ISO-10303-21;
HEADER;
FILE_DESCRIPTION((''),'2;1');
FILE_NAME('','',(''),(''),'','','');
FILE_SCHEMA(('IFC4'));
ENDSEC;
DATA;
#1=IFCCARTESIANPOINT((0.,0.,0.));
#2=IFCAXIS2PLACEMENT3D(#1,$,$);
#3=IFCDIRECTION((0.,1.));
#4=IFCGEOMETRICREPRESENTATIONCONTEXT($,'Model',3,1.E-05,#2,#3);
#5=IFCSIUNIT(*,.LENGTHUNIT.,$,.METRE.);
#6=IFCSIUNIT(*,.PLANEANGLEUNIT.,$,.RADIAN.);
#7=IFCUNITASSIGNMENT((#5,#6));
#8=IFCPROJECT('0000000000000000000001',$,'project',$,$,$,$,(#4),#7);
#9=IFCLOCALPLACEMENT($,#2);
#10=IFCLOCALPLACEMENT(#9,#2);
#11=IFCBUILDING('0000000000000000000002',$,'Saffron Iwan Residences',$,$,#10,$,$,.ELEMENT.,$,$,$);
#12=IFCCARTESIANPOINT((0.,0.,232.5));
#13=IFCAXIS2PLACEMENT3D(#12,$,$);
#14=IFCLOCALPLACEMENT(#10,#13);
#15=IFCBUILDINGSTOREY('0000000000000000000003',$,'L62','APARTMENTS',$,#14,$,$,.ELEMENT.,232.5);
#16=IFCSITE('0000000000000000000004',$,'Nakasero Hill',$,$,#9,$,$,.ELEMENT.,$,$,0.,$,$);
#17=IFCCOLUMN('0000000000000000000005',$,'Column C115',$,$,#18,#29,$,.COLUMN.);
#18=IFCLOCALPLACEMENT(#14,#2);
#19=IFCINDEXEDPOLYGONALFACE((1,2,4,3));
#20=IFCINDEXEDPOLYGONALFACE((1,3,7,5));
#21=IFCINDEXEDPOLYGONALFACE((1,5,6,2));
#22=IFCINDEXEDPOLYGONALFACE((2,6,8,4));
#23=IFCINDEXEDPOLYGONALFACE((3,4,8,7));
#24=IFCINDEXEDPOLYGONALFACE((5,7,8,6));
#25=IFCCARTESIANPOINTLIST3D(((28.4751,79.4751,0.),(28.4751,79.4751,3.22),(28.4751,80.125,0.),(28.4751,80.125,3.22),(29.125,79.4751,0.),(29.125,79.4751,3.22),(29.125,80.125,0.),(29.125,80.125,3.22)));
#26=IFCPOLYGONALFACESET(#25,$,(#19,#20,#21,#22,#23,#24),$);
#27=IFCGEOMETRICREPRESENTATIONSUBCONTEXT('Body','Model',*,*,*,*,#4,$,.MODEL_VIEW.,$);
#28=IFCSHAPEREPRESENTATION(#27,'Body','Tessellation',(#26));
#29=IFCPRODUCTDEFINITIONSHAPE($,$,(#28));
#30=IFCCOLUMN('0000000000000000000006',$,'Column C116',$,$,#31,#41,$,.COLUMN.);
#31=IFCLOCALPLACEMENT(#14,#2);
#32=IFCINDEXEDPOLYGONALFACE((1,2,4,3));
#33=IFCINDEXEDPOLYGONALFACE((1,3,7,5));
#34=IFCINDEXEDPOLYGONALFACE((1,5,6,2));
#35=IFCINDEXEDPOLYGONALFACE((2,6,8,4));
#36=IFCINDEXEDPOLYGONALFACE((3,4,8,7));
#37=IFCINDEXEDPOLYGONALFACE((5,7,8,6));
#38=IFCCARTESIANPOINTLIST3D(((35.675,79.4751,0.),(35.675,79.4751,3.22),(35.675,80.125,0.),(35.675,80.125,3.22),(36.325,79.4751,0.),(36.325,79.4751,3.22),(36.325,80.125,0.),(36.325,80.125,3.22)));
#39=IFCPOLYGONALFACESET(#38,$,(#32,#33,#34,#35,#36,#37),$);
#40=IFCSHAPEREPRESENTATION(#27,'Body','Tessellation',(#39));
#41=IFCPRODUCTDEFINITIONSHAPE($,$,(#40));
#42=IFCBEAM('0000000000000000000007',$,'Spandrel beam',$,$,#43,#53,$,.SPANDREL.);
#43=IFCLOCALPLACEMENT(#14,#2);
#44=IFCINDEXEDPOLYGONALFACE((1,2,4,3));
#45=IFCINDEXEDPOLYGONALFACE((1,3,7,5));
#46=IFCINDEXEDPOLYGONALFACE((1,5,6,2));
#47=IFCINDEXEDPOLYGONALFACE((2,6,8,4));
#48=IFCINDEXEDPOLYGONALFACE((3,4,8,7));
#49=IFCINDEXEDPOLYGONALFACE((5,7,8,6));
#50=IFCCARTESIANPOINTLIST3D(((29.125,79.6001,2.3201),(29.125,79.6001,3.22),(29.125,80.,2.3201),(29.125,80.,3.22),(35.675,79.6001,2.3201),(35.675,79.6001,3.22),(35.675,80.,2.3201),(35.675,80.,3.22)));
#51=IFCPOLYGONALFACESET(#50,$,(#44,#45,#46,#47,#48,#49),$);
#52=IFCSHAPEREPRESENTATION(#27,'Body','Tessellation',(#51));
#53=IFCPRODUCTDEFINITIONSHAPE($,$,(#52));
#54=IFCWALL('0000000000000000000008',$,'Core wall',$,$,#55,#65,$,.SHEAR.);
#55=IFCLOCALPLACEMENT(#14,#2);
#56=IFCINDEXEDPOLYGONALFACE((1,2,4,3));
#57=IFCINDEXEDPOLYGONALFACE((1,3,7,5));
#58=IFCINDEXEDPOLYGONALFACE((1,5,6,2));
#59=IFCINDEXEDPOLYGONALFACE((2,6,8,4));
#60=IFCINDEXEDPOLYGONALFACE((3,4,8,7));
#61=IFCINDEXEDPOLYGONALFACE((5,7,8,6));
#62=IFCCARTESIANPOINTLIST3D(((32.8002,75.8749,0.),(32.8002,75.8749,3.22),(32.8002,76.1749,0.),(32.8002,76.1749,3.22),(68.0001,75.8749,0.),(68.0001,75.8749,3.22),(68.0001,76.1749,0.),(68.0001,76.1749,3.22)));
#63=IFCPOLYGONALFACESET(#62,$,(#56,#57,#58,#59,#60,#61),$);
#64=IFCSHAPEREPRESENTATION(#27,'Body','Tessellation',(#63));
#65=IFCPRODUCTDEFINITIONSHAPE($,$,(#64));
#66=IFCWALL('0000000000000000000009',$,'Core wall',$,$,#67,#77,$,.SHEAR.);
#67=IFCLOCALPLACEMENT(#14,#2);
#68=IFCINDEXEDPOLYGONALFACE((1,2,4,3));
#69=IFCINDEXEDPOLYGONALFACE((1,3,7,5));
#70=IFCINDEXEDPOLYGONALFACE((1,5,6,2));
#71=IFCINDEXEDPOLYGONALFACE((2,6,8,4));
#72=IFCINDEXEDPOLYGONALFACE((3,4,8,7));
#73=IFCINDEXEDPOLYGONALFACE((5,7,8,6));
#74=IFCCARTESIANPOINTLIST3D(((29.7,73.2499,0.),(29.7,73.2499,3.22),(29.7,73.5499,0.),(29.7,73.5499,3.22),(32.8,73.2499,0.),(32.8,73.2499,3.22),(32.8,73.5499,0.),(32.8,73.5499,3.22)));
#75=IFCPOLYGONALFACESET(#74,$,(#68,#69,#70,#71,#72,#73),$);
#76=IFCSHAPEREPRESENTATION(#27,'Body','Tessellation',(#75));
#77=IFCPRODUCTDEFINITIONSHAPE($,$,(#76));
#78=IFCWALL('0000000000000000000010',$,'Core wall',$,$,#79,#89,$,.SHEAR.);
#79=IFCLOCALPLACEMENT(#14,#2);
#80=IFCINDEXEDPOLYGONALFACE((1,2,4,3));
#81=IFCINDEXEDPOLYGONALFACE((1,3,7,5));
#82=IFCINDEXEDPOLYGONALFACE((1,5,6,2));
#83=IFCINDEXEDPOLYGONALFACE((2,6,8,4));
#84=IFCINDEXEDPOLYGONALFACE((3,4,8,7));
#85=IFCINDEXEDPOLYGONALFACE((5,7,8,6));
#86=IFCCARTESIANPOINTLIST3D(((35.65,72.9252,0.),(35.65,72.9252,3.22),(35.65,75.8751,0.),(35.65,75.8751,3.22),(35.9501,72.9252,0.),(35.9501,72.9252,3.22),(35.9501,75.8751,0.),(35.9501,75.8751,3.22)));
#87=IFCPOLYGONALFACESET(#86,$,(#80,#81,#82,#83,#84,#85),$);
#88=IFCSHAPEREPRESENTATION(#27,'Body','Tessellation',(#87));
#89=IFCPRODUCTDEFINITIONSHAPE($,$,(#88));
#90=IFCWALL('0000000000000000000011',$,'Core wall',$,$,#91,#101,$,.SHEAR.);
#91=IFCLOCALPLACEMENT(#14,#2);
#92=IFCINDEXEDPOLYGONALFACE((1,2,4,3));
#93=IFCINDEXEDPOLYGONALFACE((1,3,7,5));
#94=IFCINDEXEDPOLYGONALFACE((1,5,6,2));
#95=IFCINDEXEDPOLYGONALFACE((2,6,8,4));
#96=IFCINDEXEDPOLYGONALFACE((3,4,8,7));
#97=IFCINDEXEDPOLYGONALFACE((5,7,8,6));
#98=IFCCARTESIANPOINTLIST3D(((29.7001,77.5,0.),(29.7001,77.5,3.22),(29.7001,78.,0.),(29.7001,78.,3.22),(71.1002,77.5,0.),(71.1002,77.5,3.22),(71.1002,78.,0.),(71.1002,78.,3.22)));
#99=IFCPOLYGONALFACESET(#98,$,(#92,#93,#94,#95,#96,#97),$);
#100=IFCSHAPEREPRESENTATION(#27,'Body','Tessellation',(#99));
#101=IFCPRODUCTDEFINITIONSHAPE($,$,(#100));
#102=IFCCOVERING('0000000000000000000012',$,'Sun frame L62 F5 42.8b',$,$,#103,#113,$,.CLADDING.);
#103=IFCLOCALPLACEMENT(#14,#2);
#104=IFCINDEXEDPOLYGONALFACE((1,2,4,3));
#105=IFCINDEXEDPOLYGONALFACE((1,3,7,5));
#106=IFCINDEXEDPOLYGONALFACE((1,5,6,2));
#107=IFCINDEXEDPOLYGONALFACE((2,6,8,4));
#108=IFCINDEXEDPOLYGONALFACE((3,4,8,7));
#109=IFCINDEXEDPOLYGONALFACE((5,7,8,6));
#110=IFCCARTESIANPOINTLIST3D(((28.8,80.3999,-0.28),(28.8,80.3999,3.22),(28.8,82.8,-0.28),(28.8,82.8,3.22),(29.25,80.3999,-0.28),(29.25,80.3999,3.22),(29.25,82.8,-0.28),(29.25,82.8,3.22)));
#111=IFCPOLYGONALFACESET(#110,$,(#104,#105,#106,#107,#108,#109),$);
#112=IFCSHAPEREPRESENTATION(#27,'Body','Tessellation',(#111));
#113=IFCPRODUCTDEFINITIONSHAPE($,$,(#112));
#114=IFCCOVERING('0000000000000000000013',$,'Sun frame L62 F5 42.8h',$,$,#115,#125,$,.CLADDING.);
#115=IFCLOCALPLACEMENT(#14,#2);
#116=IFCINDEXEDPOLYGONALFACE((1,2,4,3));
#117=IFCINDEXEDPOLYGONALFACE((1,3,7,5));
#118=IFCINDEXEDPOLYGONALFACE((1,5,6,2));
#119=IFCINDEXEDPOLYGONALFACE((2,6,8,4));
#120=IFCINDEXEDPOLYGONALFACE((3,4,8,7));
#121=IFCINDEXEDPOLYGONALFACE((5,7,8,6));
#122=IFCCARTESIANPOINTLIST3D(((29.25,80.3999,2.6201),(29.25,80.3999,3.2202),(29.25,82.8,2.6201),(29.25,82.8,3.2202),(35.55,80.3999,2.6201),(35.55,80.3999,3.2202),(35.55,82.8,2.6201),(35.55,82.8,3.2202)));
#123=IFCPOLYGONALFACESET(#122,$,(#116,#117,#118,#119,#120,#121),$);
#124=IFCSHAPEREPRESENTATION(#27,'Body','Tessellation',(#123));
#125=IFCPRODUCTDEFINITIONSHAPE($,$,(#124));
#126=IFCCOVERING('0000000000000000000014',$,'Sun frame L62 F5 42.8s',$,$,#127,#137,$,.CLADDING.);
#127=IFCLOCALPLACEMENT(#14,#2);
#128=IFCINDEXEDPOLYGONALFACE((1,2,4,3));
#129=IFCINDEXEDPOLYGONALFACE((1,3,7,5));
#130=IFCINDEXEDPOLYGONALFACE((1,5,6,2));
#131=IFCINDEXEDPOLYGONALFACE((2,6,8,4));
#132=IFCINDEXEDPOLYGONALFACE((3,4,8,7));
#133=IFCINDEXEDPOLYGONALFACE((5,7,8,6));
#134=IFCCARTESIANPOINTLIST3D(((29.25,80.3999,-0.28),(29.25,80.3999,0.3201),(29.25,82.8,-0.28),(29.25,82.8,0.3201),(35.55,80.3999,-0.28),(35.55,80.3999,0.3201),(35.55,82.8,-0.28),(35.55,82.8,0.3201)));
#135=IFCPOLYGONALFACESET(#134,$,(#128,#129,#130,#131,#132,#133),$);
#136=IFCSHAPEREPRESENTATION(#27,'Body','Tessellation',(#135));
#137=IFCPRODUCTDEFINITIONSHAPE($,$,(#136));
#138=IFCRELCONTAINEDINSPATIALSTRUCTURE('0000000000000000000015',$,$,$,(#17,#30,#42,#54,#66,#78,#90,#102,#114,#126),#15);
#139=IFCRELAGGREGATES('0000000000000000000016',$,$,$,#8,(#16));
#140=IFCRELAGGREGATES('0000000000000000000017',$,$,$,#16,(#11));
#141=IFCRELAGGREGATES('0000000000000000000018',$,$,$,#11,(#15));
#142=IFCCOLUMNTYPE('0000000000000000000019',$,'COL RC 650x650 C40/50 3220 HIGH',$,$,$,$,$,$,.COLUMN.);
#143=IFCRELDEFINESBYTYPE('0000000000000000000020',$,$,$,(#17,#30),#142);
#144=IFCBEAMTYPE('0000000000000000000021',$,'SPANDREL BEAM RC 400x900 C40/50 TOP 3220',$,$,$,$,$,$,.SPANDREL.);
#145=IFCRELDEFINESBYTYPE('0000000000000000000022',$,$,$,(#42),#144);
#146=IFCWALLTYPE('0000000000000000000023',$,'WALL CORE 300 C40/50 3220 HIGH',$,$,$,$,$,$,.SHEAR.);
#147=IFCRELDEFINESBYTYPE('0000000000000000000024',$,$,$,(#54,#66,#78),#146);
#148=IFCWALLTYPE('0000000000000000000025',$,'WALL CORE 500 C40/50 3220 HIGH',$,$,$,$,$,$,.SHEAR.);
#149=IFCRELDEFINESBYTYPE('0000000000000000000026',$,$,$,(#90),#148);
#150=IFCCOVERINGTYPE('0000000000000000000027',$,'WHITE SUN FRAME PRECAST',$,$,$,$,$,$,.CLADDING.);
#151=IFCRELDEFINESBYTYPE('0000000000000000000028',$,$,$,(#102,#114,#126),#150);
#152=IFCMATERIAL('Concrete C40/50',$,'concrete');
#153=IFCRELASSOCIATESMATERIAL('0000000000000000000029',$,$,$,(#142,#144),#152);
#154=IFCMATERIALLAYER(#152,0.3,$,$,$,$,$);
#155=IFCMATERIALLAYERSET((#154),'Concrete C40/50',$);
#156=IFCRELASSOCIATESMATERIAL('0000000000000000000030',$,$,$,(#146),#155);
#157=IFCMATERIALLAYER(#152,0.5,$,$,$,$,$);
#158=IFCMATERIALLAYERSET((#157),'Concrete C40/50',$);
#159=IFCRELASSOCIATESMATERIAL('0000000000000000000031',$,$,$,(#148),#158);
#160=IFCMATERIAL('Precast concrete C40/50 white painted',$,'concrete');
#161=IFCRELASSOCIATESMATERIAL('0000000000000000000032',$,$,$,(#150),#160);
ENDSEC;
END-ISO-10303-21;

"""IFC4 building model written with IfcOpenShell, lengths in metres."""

from ifc_helpers import new_model, si_unit, direction, frame, frame_2d, origin, origin_2d, place, context, subcontext, project, spatial, polyline, rectangle, outline, extrude, source, transform, mapped, material, layer, layer_set, material_profile, profile_set, type_object, element, save


model = new_model("IFC4")

# Units and contexts
model_context = context("Model", 3, precision=1e-05, world=origin(), true_north=direction((0.0, 1.0)))
body_context = subcontext(model_context, "Body", "Model", "MODEL_VIEW")
ifc_project = project(units=[si_unit("LENGTHUNIT", "METRE"), si_unit("PLANEANGLEUNIT", "RADIAN")], contexts=[model_context])

# Site, building, storey
site_placement = place(None, origin())
site = spatial("IfcSite", under=ifc_project, at=site_placement, Name="Nakasero Hill", CompositionType="ELEMENT", RefElevation=0.0)
building_placement = place(site_placement, origin())
building = spatial("IfcBuilding", under=site, at=building_placement, Name="Saffron Iwan Residences", CompositionType="ELEMENT")
storey_placement = place(building_placement, frame((0.0, 0.0, 232.5)))
storey = spatial("IfcBuildingStorey", under=building, at=storey_placement, Name="L62", Description="APARTMENTS", CompositionType="ELEMENT", Elevation=232.5)

# Columns
ifc_material_1 = material(Name="Concrete C40/50", Category="concrete")
ifc_material_profile_1 = material_profile(ifc_material_1, rectangle(XDim=0.6499, YDim=0.6499, at=origin_2d()), Name="RC 650x650")
ifc_profile_set_1 = profile_set([ifc_material_profile_1], Name="Concrete C40/50")
column_type = type_object("IfcColumnType", Name="COL RC 650x650 C40/50 3220 HIGH", PredefinedType="COLUMN", material=ifc_profile_set_1)
shared_shape_1 = source(origin(), body_context, "Body", "SweptSolid", [
    extrude(rectangle(XDim=0.6499, YDim=0.6499, at=origin_2d()), origin(), (0.0, 0.0, 1.0), 3.22),
])
for number, where, z_axis, x_axis, name in (
    (1, (28.8, 79.8, 0.0), (0.0, 0.0, 1.0), (1.0, 0.0, 0.0), "Column C115"),
    (2, (36.0, 79.8, 0.0), (0.0, 0.0, 1.0), (1.0, 0.0, 0.0), "Column C116"),
):
    element("IfcColumn", number, at=place(storey_placement, frame(where, z_axis=z_axis, x_axis=x_axis)), inside=storey, type_object=column_type, Name=name, PredefinedType="COLUMN", context=body_context, shape_type="MappedRepresentation", body=[
        mapped(shared_shape_1, transform((0.0, 0.0, 0.0))),
    ])

# Beam
ifc_material_profile_2 = material_profile(ifc_material_1, rectangle(XDim=0.3999, YDim=0.8999, at=origin_2d()), Name="RC 400x900")
ifc_profile_set_2 = profile_set([ifc_material_profile_2], Name="Concrete C40/50")
beam_type = type_object("IfcBeamType", Name="SPANDREL BEAM RC 400x900 C40/50 TOP 3220", PredefinedType="SPANDREL", material=ifc_profile_set_2)
shared_shape_2 = source(origin(), body_context, "Body", "SweptSolid", [
    extrude(rectangle(XDim=0.3999, YDim=0.8999, at=origin_2d()), origin(), (0.0, 0.0, 1.0), 6.55),
])
beam_placement = place(storey_placement, frame((29.125, 79.8, 2.77), z_axis=(1.0, 0.0, 0.0), x_axis=(0.0, 1.0, 0.0)))
element("IfcBeam", 3, at=beam_placement, inside=storey, type_object=beam_type, Name="Spandrel beam", PredefinedType="SPANDREL", context=body_context, shape_type="MappedRepresentation", body=[
    mapped(shared_shape_2, transform((0.0, 0.0, 0.0))),
])

# Shared definitions
ifc_layer_1 = layer(ifc_material_1, 0.3)
ifc_layer_set_1 = layer_set([ifc_layer_1], Name="Concrete C40/50")
wall_type_1 = type_object("IfcWallType", Name="WALL CORE 300 C40/50 3220 HIGH", PredefinedType="SHEAR", material=ifc_layer_set_1)

# Walls
wall_1_placement = place(storey_placement, frame((32.8, 76.0249, 0.0), z_axis=(0.0, 0.0, 1.0), x_axis=(1.0, 0.0, 0.0)))
element("IfcWall", 4, at=wall_1_placement, inside=storey, type_object=wall_type_1, Name="Core wall", PredefinedType="SHEAR", context=body_context, shape_type="SweptSolid", body=[
    extrude(rectangle(XDim=35.2, YDim=0.3, at=frame_2d((17.6001, 0.0))), origin(), (0.0, 0.0, 1.0), 3.22),
])
wall_2_placement = place(storey_placement, frame((29.7, 73.3999, 0.0), z_axis=(0.0, 0.0, 1.0), x_axis=(1.0, 0.0, 0.0)))
element("IfcWall", 5, at=wall_2_placement, inside=storey, type_object=wall_type_1, Name="Core wall", PredefinedType="SHEAR", context=body_context, shape_type="SweptSolid", body=[
    extrude(rectangle(XDim=3.1001, YDim=0.3, at=frame_2d((1.55, 0.0))), origin(), (0.0, 0.0, 1.0), 3.22),
])
wall_3_placement = place(storey_placement, frame((35.8, 72.925, 0.0), z_axis=(0.0, 0.0, 1.0), x_axis=(0.0, 1.0, 0.0)))
element("IfcWall", 6, at=wall_3_placement, inside=storey, type_object=wall_type_1, Name="Core wall", PredefinedType="SHEAR", context=body_context, shape_type="SweptSolid", body=[
    extrude(rectangle(XDim=2.95, YDim=0.3, at=frame_2d((1.4751, 0.0))), origin(), (0.0, 0.0, 1.0), 3.22),
])
ifc_layer_2 = layer(ifc_material_1, 0.5)
ifc_layer_set_2 = layer_set([ifc_layer_2], Name="Concrete C40/50")
wall_type_2 = type_object("IfcWallType", Name="WALL CORE 500 C40/50 3220 HIGH", PredefinedType="SHEAR", material=ifc_layer_set_2)
wall_4_placement = place(storey_placement, frame((29.7, 77.75, 0.0), z_axis=(0.0, 0.0, 1.0), x_axis=(1.0, 0.0, 0.0)))
element("IfcWall", 7, at=wall_4_placement, inside=storey, type_object=wall_type_2, Name="Core wall", PredefinedType="SHEAR", context=body_context, shape_type="SweptSolid", body=[
    extrude(rectangle(XDim=41.4001, YDim=0.5, at=frame_2d((20.7002, 0.0))), origin(), (0.0, 0.0, 1.0), 3.22),
])

# Coverings
ifc_material_2 = material(Name="Precast concrete C40/50 white painted", Category="concrete")
covering_type = type_object("IfcCoveringType", Name="WHITE SUN FRAME PRECAST", PredefinedType="CLADDING", material=ifc_material_2)
covering_placement = place(storey_placement, frame((29.25, 80.3999, -0.28), z_axis=(0.0, 1.0, 0.0), x_axis=(-1.0, 0.0, 0.0)))
element("IfcCovering", 8, at=covering_placement, inside=storey, type_object=covering_type, Name="Sun frame L62 F5 42.8b", PredefinedType="CLADDING", context=body_context, shape_type="SweptSolid", body=[
    extrude(outline(polyline([(0.0, 0.0), (0.45, 0.0), (0.45, 3.5), (0.0, 3.5), (0.0, 0.0)])), origin(), (0.0, 0.0, 1.0), 2.4001),
])
for number, where, z_axis, x_axis, name in (
    (9, (35.55, 80.3999, 2.6201), (0.0, 1.0, 0.0), (-1.0, 0.0, 0.0), "Sun frame L62 F5 42.8h"),
    (10, (35.55, 80.3999, -0.28), (0.0, 1.0, 0.0), (-1.0, 0.0, 0.0), "Sun frame L62 F5 42.8s"),
):
    element("IfcCovering", number, at=place(storey_placement, frame(where, z_axis=z_axis, x_axis=x_axis)), inside=storey, type_object=covering_type, Name=name, PredefinedType="CLADDING", context=body_context, shape_type="SweptSolid", body=[
        extrude(outline(polyline([(0.0, 0.0), (6.3, 0.0), (6.3, 0.6001), (0.0, 0.6001), (0.0, 0.0)])), origin(), (0.0, 0.0, 1.0), 2.4001),
    ])

save(model, "model.ifc")
